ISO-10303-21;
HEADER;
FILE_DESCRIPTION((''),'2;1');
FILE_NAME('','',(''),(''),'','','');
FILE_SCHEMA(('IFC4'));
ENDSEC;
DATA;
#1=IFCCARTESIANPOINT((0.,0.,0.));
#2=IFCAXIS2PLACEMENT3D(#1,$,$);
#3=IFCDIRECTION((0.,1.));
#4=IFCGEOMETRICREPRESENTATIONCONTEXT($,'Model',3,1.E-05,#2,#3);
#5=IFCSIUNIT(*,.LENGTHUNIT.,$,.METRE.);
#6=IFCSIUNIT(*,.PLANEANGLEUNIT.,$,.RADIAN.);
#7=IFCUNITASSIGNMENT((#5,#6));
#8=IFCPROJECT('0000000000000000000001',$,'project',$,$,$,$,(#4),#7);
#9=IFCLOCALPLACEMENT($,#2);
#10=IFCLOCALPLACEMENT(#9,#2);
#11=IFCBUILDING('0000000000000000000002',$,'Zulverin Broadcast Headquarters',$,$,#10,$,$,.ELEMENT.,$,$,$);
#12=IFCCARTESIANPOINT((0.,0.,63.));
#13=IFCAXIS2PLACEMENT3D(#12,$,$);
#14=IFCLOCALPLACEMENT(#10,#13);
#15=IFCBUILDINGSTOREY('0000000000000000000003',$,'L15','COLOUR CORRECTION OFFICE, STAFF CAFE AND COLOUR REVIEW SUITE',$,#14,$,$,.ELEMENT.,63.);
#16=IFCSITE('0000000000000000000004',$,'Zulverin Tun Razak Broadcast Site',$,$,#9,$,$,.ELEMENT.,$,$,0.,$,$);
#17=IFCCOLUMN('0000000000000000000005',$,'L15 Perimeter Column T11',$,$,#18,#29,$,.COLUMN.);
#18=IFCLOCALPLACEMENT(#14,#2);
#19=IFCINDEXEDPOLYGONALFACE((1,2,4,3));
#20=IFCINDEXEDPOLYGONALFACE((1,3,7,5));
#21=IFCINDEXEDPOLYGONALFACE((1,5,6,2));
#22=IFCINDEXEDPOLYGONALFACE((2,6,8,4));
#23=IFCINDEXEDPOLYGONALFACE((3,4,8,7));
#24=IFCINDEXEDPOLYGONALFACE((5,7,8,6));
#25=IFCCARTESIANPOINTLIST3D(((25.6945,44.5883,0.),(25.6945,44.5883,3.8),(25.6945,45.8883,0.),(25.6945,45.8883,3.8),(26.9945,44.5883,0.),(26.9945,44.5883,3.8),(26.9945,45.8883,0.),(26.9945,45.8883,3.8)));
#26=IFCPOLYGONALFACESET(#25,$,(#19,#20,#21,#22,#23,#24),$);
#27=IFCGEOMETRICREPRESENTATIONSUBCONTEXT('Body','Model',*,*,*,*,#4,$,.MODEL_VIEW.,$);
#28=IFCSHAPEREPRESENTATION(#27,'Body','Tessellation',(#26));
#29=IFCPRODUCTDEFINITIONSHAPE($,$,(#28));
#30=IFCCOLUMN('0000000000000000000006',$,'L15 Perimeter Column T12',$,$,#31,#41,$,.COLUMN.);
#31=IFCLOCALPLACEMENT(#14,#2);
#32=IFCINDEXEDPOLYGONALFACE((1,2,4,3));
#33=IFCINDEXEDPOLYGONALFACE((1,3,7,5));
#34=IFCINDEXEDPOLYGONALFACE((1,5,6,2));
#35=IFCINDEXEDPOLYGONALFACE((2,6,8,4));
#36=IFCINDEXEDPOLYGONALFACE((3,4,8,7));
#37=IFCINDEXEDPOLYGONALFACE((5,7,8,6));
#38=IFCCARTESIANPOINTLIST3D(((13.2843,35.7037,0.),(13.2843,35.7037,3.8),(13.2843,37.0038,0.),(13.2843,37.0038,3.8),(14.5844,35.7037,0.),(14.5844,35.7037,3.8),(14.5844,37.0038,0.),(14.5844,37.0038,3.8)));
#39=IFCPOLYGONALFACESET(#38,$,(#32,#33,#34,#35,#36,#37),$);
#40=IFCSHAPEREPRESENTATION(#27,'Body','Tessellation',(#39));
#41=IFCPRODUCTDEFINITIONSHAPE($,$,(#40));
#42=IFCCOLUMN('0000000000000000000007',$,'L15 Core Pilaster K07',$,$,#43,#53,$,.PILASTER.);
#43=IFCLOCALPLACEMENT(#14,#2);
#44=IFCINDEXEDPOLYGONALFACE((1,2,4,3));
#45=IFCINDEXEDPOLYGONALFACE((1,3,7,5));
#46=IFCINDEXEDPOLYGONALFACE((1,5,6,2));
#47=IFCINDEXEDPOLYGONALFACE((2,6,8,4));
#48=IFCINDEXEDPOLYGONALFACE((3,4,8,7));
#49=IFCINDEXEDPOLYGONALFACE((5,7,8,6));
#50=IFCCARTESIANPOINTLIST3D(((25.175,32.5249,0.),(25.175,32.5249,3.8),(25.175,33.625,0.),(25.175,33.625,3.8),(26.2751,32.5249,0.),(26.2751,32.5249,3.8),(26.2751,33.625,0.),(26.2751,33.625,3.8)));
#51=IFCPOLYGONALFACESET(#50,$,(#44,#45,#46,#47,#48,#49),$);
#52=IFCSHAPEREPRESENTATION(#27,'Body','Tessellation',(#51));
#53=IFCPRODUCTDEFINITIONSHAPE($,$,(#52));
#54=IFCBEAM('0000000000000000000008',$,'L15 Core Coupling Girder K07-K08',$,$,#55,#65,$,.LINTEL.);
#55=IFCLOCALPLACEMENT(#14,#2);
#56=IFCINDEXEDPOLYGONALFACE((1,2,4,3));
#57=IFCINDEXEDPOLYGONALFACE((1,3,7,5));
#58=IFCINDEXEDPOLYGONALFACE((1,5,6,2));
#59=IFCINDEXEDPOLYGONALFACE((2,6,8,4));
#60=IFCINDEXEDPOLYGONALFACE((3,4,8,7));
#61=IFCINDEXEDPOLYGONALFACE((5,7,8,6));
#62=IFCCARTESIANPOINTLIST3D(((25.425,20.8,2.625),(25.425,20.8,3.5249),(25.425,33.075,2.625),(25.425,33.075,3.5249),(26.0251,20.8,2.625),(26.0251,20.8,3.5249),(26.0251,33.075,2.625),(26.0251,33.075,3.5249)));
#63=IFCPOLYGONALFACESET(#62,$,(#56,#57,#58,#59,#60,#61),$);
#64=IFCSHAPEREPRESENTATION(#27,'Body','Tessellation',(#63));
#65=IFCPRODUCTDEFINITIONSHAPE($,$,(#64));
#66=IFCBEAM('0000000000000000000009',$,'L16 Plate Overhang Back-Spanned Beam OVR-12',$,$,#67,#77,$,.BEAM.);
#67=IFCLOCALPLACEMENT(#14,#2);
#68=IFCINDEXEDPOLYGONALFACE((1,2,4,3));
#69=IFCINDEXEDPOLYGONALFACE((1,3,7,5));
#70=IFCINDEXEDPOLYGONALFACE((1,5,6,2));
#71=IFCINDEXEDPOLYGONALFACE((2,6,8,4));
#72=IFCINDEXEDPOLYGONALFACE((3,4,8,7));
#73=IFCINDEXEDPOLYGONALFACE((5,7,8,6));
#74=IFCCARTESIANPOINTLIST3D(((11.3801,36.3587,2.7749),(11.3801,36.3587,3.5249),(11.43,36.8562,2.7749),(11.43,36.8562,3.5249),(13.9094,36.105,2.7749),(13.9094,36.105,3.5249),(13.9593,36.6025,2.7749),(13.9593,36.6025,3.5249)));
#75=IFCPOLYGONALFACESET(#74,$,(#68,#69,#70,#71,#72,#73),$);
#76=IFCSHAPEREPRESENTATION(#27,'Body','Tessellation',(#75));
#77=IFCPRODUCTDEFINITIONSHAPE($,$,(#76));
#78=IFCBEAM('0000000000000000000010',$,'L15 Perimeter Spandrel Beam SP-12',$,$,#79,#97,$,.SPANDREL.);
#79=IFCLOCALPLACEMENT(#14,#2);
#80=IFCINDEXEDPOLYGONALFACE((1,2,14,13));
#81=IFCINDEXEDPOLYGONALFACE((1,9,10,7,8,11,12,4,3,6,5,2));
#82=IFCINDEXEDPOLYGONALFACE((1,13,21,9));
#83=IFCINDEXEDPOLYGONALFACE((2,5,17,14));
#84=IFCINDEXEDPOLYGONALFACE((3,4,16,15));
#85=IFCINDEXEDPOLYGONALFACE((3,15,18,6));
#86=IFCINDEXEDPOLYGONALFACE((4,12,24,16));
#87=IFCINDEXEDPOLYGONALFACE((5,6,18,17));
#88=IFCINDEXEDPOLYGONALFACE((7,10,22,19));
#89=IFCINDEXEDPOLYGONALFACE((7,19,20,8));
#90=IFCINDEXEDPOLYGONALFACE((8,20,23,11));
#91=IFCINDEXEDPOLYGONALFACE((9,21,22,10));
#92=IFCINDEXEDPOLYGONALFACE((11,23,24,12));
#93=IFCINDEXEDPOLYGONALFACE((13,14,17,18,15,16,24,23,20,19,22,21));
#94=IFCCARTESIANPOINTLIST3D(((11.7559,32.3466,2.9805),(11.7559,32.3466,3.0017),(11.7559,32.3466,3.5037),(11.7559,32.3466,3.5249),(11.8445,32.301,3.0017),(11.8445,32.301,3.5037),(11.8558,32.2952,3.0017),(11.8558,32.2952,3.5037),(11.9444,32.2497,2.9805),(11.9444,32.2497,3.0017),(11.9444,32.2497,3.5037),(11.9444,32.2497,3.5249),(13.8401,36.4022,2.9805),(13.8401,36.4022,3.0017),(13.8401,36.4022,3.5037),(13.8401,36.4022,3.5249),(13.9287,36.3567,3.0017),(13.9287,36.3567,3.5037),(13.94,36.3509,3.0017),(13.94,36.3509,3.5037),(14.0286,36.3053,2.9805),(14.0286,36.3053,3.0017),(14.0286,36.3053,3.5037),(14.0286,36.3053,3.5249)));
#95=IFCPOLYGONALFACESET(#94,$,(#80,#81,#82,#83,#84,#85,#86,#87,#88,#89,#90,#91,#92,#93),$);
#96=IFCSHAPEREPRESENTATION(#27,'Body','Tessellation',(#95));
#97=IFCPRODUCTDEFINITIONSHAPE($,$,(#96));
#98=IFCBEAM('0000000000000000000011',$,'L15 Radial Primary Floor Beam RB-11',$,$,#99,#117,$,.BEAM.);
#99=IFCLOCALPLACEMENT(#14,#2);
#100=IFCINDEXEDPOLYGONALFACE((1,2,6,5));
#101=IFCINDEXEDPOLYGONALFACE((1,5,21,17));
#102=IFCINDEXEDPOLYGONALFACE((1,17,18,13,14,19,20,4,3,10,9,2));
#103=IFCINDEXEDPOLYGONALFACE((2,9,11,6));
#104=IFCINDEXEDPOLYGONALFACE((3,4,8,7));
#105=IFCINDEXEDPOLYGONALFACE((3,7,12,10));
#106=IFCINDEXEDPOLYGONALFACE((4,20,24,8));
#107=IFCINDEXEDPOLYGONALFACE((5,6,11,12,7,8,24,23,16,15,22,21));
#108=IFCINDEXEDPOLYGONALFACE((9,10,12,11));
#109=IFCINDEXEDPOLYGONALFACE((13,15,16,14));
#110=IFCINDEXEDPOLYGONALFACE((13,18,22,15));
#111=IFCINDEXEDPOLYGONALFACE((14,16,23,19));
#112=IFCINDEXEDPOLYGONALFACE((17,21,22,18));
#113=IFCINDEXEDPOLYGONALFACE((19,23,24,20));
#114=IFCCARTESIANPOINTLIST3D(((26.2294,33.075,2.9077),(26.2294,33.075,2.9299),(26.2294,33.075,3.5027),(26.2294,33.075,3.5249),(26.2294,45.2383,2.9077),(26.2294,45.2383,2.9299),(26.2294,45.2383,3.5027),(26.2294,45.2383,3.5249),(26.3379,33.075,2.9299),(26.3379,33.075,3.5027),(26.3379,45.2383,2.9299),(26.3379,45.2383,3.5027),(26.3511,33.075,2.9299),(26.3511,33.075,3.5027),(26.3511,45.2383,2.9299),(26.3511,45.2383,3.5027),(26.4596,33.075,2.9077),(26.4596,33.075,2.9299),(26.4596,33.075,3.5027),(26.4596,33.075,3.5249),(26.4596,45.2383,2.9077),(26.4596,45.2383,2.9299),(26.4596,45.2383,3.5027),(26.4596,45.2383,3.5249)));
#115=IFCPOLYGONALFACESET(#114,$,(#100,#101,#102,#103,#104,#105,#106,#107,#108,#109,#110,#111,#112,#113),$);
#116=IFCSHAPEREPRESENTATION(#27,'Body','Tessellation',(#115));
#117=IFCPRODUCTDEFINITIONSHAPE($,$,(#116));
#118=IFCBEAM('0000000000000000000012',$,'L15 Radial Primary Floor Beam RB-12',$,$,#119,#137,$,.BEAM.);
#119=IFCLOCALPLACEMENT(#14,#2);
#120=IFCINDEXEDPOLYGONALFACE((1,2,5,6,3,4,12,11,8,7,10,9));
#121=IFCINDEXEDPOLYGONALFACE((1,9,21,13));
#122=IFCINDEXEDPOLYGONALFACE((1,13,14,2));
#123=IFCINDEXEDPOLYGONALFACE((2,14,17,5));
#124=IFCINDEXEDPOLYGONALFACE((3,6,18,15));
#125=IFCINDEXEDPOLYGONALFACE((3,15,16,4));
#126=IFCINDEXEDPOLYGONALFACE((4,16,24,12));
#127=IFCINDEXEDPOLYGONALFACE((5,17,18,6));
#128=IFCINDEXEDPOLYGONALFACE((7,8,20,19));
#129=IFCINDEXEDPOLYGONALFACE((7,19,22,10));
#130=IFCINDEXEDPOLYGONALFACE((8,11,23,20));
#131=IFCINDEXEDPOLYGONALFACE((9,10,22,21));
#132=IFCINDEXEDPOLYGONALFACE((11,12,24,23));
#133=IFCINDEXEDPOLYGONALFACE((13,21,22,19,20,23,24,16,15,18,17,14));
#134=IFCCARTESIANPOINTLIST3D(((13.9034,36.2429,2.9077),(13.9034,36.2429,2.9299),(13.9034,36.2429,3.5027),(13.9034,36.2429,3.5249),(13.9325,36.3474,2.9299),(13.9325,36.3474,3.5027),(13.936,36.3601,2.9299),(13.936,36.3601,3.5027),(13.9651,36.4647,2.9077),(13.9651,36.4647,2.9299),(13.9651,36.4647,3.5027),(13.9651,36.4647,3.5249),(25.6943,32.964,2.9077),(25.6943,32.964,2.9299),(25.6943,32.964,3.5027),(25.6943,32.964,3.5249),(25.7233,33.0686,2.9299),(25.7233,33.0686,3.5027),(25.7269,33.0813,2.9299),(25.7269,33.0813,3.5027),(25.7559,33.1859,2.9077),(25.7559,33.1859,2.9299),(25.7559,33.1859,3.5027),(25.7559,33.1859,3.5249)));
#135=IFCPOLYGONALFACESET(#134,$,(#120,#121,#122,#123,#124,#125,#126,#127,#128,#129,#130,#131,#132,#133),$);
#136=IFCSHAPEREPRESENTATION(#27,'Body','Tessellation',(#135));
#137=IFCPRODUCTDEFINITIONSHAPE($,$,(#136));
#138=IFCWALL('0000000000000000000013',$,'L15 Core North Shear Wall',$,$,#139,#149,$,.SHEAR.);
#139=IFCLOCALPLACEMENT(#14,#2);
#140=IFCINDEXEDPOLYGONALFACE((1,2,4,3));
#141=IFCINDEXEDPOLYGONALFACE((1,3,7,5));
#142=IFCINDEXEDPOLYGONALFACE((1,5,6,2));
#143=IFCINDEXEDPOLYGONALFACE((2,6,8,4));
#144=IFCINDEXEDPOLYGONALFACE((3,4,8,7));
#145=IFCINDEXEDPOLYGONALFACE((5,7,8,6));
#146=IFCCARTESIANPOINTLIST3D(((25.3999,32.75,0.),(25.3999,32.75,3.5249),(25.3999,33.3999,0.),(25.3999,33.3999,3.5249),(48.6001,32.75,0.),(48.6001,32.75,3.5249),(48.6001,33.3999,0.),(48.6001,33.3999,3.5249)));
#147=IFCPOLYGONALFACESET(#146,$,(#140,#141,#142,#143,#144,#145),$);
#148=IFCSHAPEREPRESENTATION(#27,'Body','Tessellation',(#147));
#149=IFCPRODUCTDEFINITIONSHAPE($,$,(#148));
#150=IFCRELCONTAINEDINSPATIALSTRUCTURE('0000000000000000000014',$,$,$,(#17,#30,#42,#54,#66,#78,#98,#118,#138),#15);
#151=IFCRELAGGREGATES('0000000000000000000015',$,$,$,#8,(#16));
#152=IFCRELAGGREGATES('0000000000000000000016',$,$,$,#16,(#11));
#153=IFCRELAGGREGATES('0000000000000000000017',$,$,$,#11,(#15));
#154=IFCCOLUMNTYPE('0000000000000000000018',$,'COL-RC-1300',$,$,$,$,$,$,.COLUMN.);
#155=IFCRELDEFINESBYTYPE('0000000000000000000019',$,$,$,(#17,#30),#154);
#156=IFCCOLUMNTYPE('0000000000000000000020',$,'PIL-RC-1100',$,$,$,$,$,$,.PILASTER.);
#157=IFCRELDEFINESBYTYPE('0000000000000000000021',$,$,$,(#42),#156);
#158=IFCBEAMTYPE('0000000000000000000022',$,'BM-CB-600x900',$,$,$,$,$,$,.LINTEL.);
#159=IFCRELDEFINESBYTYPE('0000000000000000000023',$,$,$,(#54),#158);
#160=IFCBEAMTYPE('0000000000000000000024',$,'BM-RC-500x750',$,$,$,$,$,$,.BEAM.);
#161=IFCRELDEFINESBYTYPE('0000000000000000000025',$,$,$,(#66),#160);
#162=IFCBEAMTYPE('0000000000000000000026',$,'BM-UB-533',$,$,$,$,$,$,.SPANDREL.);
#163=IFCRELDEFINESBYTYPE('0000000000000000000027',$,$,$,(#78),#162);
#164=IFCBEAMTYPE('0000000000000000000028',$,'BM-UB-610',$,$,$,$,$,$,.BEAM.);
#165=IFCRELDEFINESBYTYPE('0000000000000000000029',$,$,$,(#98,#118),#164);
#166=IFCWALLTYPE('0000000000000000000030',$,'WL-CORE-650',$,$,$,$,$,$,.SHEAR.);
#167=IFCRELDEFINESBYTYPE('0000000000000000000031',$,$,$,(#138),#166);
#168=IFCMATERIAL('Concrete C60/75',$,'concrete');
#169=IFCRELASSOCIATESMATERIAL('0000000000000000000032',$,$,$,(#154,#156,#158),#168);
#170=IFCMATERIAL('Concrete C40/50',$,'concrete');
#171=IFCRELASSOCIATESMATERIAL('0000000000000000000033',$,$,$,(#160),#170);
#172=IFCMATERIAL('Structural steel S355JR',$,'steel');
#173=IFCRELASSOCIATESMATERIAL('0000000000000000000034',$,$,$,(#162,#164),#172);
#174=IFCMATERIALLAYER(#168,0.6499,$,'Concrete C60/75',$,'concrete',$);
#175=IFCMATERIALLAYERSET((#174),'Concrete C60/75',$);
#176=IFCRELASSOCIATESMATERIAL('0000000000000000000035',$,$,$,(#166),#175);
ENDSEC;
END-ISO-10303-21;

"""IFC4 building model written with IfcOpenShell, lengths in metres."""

from ifc_helpers import new_model, si_unit, direction, frame, frame_2d, origin, origin_2d, place, context, subcontext, project, spatial, rectangle, i_section, extrude, material, layer, layer_set, material_profile, profile_set, type_object, element, save


model = new_model("IFC4")

# Units and contexts
model_context = context("Model", 3, precision=1e-05, world=origin(), true_north=direction((0.0, 1.0)))
body_context = subcontext(model_context, "Body", "Model", "MODEL_VIEW")
ifc_project = project(units=[si_unit("LENGTHUNIT", "METRE"), si_unit("PLANEANGLEUNIT", "RADIAN")], contexts=[model_context])

# Site, building, storey
site_placement = place(None, origin())
site = spatial("IfcSite", under=ifc_project, at=site_placement, Name="Zulverin Tun Razak Broadcast Site", CompositionType="ELEMENT", RefElevation=0.0)
building_placement = place(site_placement, origin())
building = spatial("IfcBuilding", under=site, at=building_placement, Name="Zulverin Broadcast Headquarters", CompositionType="ELEMENT")
storey_placement = place(building_placement, frame((0.0, 0.0, 63.0)))
storey = spatial("IfcBuildingStorey", under=building, at=storey_placement, Name="L15", Description="COLOUR CORRECTION OFFICE, STAFF CAFE AND COLOUR REVIEW SUITE", CompositionType="ELEMENT", Elevation=63.0)

# Columns
ifc_material_1 = material(Name="Concrete C60/75", Category="concrete")
ifc_material_profile_1 = material_profile(ifc_material_1, rectangle(XDim=1.3, YDim=1.3, at=origin_2d()), Name="Concrete C60/75", Category="concrete")
ifc_profile_set_1 = profile_set([ifc_material_profile_1], Name="Concrete C60/75")
column_type_1 = type_object("IfcColumnType", Name="COL-RC-1300", PredefinedType="COLUMN", material=ifc_profile_set_1)
for number, where, z_axis, x_axis, name in (
    (1, (26.3445, 45.2383, 0.0), (0.0, 0.0, 1.0), (1.0, 0.0, 0.0), "L15 Perimeter Column T11"),
    (2, (13.9343, 36.3538, 0.0), (0.0, 0.0, 1.0), (1.0, 0.0, 0.0), "L15 Perimeter Column T12"),
):
    element("IfcColumn", number, at=place(storey_placement, frame(where, z_axis=z_axis, x_axis=x_axis)), inside=storey, type_object=column_type_1, Name=name, PredefinedType="COLUMN", context=body_context, shape_type="SweptSolid", body=[
        extrude(rectangle(XDim=1.3, YDim=1.3, at=origin_2d()), origin(), (0.0, 0.0, 1.0), 3.8),
    ])
ifc_material_profile_2 = material_profile(ifc_material_1, rectangle(XDim=1.1001, YDim=1.1001, at=origin_2d()), Name="Concrete C60/75", Category="concrete")
ifc_profile_set_2 = profile_set([ifc_material_profile_2], Name="Concrete C60/75")
column_type_2 = type_object("IfcColumnType", Name="PIL-RC-1100", PredefinedType="PILASTER", material=ifc_profile_set_2)
column_placement = place(storey_placement, frame((25.7251, 33.075, 0.0), z_axis=(0.0, 0.0, 1.0), x_axis=(1.0, 0.0, 0.0)))
element("IfcColumn", 3, at=column_placement, inside=storey, type_object=column_type_2, Name="L15 Core Pilaster K07", PredefinedType="PILASTER", context=body_context, shape_type="SweptSolid", body=[
    extrude(rectangle(XDim=1.1001, YDim=1.1001, at=origin_2d()), origin(), (0.0, 0.0, 1.0), 3.8),
])

# Beams
ifc_material_profile_3 = material_profile(ifc_material_1, rectangle(XDim=0.6001, YDim=0.8999, at=origin_2d()), Name="Concrete C60/75", Category="concrete")
ifc_profile_set_3 = profile_set([ifc_material_profile_3], Name="Concrete C60/75")
beam_type_1 = type_object("IfcBeamType", Name="BM-CB-600x900", PredefinedType="LINTEL", material=ifc_profile_set_3)
beam_1_placement = place(storey_placement, frame((25.7251, 33.075, 3.075), z_axis=(0.0, -1.0, 0.0), x_axis=(1.0, 0.0, 0.0)))
element("IfcBeam", 4, at=beam_1_placement, inside=storey, type_object=beam_type_1, Name="L15 Core Coupling Girder K07-K08", PredefinedType="LINTEL", context=body_context, shape_type="SweptSolid", body=[
    extrude(rectangle(XDim=0.6001, YDim=0.8999, at=origin_2d()), origin(), (0.0, 0.0, 1.0), 12.2749),
])
ifc_material_2 = material(Name="Concrete C40/50", Category="concrete")
ifc_material_profile_4 = material_profile(ifc_material_2, rectangle(XDim=0.5, YDim=0.75, at=origin_2d()), Name="Concrete C40/50", Category="concrete")
ifc_profile_set_4 = profile_set([ifc_material_profile_4], Name="Concrete C40/50")
beam_type_2 = type_object("IfcBeamType", Name="BM-RC-500x750", PredefinedType="BEAM", material=ifc_profile_set_4)
beam_2_placement = place(storey_placement, frame((13.9343, 36.3538, 3.1499), z_axis=(-0.995009, 0.099789, 0.0), x_axis=(-0.099789, -0.995009, 0.0)))
element("IfcBeam", 5, at=beam_2_placement, inside=storey, type_object=beam_type_2, Name="L16 Plate Overhang Back-Spanned Beam OVR-12", PredefinedType="BEAM", context=body_context, shape_type="SweptSolid", body=[
    extrude(rectangle(XDim=0.5, YDim=0.75, at=origin_2d()), origin(), (0.0, 0.0, 1.0), 2.542),
])
ifc_material_3 = material(Name="Structural steel S355JR", Category="steel")
ifc_material_profile_5 = material_profile(ifc_material_3, i_section(OverallWidth=0.2119, OverallDepth=0.5444, WebThickness=0.0127, FlangeThickness=0.0212, at=origin_2d()), Name="Structural steel S355JR", Category="steel")
ifc_profile_set_5 = profile_set([ifc_material_profile_5], Name="Structural steel S355JR")
beam_type_3 = type_object("IfcBeamType", Name="BM-UB-533", PredefinedType="SPANDREL", material=ifc_profile_set_5)
beam_3_placement = place(storey_placement, frame((13.9343, 36.3538, 3.2527), z_axis=(-0.457081, -0.889425, 0.0), x_axis=(0.889425, -0.457081, 0.0)))
element("IfcBeam", 6, at=beam_3_placement, inside=storey, type_object=beam_type_3, Name="L15 Perimeter Spandrel Beam SP-12", PredefinedType="SPANDREL", context=body_context, shape_type="SweptSolid", body=[
    extrude(i_section(OverallWidth=0.2119, OverallDepth=0.5444, WebThickness=0.0127, FlangeThickness=0.0212, at=origin_2d()), origin(), (0.0, 0.0, 1.0), 4.5598),
])
ifc_material_profile_6 = material_profile(ifc_material_3, i_section(OverallWidth=0.2302, OverallDepth=0.6172, WebThickness=0.0132, FlangeThickness=0.0222, at=origin_2d()), Name="Structural steel S355JR", Category="steel")
ifc_profile_set_6 = profile_set([ifc_material_profile_6], Name="Structural steel S355JR")
beam_type_4 = type_object("IfcBeamType", Name="BM-UB-610", PredefinedType="BEAM", material=ifc_profile_set_6)
beam_4_placement = place(storey_placement, frame((26.3445, 33.075, 3.2163), z_axis=(0.0, 1.0, 0.0), x_axis=(-1.0, 0.0, 0.0)))
element("IfcBeam", 7, at=beam_4_placement, inside=storey, type_object=beam_type_4, Name="L15 Radial Primary Floor Beam RB-11", PredefinedType="BEAM", context=body_context, shape_type="SweptSolid", body=[
    extrude(i_section(OverallWidth=0.2302, OverallDepth=0.6172, WebThickness=0.0132, FlangeThickness=0.0222, at=origin_2d()), origin(), (0.0, 0.0, 1.0), 12.1633),
])
beam_5_placement = place(storey_placement, frame((25.7251, 33.075, 3.2163), z_axis=(-0.963442, 0.267917, 0.0), x_axis=(-0.267917, -0.963442, 0.0)))
element("IfcBeam", 8, at=beam_5_placement, inside=storey, type_object=beam_type_4, Name="L15 Radial Primary Floor Beam RB-12", PredefinedType="BEAM", context=body_context, shape_type="SweptSolid", body=[
    extrude(i_section(OverallWidth=0.2302, OverallDepth=0.6172, WebThickness=0.0132, FlangeThickness=0.0222, at=origin_2d()), origin(), (0.0, 0.0, 1.0), 12.2383),
])

# Wall
ifc_layer_1 = layer(ifc_material_1, 0.6499, Name="Concrete C60/75", Category="concrete")
ifc_layer_set_1 = layer_set([ifc_layer_1], Name="Concrete C60/75")
wall_type_1 = type_object("IfcWallType", Name="WL-CORE-650", PredefinedType="SHEAR", material=ifc_layer_set_1)
wall_1_placement = place(storey_placement, frame((25.3999, 33.075, 0.0), z_axis=(0.0, 0.0, 1.0), x_axis=(1.0, 0.0, 0.0)))
element("IfcWall", 9, at=wall_1_placement, inside=storey, type_object=wall_type_1, Name="L15 Core North Shear Wall", PredefinedType="SHEAR", context=body_context, shape_type="SweptSolid", body=[
    extrude(rectangle(XDim=23.2002, YDim=0.6499, at=frame_2d((11.6001, 0.0))), origin(), (0.0, 0.0, 1.0), 3.5249),
])

save(model, "model.ifc")
